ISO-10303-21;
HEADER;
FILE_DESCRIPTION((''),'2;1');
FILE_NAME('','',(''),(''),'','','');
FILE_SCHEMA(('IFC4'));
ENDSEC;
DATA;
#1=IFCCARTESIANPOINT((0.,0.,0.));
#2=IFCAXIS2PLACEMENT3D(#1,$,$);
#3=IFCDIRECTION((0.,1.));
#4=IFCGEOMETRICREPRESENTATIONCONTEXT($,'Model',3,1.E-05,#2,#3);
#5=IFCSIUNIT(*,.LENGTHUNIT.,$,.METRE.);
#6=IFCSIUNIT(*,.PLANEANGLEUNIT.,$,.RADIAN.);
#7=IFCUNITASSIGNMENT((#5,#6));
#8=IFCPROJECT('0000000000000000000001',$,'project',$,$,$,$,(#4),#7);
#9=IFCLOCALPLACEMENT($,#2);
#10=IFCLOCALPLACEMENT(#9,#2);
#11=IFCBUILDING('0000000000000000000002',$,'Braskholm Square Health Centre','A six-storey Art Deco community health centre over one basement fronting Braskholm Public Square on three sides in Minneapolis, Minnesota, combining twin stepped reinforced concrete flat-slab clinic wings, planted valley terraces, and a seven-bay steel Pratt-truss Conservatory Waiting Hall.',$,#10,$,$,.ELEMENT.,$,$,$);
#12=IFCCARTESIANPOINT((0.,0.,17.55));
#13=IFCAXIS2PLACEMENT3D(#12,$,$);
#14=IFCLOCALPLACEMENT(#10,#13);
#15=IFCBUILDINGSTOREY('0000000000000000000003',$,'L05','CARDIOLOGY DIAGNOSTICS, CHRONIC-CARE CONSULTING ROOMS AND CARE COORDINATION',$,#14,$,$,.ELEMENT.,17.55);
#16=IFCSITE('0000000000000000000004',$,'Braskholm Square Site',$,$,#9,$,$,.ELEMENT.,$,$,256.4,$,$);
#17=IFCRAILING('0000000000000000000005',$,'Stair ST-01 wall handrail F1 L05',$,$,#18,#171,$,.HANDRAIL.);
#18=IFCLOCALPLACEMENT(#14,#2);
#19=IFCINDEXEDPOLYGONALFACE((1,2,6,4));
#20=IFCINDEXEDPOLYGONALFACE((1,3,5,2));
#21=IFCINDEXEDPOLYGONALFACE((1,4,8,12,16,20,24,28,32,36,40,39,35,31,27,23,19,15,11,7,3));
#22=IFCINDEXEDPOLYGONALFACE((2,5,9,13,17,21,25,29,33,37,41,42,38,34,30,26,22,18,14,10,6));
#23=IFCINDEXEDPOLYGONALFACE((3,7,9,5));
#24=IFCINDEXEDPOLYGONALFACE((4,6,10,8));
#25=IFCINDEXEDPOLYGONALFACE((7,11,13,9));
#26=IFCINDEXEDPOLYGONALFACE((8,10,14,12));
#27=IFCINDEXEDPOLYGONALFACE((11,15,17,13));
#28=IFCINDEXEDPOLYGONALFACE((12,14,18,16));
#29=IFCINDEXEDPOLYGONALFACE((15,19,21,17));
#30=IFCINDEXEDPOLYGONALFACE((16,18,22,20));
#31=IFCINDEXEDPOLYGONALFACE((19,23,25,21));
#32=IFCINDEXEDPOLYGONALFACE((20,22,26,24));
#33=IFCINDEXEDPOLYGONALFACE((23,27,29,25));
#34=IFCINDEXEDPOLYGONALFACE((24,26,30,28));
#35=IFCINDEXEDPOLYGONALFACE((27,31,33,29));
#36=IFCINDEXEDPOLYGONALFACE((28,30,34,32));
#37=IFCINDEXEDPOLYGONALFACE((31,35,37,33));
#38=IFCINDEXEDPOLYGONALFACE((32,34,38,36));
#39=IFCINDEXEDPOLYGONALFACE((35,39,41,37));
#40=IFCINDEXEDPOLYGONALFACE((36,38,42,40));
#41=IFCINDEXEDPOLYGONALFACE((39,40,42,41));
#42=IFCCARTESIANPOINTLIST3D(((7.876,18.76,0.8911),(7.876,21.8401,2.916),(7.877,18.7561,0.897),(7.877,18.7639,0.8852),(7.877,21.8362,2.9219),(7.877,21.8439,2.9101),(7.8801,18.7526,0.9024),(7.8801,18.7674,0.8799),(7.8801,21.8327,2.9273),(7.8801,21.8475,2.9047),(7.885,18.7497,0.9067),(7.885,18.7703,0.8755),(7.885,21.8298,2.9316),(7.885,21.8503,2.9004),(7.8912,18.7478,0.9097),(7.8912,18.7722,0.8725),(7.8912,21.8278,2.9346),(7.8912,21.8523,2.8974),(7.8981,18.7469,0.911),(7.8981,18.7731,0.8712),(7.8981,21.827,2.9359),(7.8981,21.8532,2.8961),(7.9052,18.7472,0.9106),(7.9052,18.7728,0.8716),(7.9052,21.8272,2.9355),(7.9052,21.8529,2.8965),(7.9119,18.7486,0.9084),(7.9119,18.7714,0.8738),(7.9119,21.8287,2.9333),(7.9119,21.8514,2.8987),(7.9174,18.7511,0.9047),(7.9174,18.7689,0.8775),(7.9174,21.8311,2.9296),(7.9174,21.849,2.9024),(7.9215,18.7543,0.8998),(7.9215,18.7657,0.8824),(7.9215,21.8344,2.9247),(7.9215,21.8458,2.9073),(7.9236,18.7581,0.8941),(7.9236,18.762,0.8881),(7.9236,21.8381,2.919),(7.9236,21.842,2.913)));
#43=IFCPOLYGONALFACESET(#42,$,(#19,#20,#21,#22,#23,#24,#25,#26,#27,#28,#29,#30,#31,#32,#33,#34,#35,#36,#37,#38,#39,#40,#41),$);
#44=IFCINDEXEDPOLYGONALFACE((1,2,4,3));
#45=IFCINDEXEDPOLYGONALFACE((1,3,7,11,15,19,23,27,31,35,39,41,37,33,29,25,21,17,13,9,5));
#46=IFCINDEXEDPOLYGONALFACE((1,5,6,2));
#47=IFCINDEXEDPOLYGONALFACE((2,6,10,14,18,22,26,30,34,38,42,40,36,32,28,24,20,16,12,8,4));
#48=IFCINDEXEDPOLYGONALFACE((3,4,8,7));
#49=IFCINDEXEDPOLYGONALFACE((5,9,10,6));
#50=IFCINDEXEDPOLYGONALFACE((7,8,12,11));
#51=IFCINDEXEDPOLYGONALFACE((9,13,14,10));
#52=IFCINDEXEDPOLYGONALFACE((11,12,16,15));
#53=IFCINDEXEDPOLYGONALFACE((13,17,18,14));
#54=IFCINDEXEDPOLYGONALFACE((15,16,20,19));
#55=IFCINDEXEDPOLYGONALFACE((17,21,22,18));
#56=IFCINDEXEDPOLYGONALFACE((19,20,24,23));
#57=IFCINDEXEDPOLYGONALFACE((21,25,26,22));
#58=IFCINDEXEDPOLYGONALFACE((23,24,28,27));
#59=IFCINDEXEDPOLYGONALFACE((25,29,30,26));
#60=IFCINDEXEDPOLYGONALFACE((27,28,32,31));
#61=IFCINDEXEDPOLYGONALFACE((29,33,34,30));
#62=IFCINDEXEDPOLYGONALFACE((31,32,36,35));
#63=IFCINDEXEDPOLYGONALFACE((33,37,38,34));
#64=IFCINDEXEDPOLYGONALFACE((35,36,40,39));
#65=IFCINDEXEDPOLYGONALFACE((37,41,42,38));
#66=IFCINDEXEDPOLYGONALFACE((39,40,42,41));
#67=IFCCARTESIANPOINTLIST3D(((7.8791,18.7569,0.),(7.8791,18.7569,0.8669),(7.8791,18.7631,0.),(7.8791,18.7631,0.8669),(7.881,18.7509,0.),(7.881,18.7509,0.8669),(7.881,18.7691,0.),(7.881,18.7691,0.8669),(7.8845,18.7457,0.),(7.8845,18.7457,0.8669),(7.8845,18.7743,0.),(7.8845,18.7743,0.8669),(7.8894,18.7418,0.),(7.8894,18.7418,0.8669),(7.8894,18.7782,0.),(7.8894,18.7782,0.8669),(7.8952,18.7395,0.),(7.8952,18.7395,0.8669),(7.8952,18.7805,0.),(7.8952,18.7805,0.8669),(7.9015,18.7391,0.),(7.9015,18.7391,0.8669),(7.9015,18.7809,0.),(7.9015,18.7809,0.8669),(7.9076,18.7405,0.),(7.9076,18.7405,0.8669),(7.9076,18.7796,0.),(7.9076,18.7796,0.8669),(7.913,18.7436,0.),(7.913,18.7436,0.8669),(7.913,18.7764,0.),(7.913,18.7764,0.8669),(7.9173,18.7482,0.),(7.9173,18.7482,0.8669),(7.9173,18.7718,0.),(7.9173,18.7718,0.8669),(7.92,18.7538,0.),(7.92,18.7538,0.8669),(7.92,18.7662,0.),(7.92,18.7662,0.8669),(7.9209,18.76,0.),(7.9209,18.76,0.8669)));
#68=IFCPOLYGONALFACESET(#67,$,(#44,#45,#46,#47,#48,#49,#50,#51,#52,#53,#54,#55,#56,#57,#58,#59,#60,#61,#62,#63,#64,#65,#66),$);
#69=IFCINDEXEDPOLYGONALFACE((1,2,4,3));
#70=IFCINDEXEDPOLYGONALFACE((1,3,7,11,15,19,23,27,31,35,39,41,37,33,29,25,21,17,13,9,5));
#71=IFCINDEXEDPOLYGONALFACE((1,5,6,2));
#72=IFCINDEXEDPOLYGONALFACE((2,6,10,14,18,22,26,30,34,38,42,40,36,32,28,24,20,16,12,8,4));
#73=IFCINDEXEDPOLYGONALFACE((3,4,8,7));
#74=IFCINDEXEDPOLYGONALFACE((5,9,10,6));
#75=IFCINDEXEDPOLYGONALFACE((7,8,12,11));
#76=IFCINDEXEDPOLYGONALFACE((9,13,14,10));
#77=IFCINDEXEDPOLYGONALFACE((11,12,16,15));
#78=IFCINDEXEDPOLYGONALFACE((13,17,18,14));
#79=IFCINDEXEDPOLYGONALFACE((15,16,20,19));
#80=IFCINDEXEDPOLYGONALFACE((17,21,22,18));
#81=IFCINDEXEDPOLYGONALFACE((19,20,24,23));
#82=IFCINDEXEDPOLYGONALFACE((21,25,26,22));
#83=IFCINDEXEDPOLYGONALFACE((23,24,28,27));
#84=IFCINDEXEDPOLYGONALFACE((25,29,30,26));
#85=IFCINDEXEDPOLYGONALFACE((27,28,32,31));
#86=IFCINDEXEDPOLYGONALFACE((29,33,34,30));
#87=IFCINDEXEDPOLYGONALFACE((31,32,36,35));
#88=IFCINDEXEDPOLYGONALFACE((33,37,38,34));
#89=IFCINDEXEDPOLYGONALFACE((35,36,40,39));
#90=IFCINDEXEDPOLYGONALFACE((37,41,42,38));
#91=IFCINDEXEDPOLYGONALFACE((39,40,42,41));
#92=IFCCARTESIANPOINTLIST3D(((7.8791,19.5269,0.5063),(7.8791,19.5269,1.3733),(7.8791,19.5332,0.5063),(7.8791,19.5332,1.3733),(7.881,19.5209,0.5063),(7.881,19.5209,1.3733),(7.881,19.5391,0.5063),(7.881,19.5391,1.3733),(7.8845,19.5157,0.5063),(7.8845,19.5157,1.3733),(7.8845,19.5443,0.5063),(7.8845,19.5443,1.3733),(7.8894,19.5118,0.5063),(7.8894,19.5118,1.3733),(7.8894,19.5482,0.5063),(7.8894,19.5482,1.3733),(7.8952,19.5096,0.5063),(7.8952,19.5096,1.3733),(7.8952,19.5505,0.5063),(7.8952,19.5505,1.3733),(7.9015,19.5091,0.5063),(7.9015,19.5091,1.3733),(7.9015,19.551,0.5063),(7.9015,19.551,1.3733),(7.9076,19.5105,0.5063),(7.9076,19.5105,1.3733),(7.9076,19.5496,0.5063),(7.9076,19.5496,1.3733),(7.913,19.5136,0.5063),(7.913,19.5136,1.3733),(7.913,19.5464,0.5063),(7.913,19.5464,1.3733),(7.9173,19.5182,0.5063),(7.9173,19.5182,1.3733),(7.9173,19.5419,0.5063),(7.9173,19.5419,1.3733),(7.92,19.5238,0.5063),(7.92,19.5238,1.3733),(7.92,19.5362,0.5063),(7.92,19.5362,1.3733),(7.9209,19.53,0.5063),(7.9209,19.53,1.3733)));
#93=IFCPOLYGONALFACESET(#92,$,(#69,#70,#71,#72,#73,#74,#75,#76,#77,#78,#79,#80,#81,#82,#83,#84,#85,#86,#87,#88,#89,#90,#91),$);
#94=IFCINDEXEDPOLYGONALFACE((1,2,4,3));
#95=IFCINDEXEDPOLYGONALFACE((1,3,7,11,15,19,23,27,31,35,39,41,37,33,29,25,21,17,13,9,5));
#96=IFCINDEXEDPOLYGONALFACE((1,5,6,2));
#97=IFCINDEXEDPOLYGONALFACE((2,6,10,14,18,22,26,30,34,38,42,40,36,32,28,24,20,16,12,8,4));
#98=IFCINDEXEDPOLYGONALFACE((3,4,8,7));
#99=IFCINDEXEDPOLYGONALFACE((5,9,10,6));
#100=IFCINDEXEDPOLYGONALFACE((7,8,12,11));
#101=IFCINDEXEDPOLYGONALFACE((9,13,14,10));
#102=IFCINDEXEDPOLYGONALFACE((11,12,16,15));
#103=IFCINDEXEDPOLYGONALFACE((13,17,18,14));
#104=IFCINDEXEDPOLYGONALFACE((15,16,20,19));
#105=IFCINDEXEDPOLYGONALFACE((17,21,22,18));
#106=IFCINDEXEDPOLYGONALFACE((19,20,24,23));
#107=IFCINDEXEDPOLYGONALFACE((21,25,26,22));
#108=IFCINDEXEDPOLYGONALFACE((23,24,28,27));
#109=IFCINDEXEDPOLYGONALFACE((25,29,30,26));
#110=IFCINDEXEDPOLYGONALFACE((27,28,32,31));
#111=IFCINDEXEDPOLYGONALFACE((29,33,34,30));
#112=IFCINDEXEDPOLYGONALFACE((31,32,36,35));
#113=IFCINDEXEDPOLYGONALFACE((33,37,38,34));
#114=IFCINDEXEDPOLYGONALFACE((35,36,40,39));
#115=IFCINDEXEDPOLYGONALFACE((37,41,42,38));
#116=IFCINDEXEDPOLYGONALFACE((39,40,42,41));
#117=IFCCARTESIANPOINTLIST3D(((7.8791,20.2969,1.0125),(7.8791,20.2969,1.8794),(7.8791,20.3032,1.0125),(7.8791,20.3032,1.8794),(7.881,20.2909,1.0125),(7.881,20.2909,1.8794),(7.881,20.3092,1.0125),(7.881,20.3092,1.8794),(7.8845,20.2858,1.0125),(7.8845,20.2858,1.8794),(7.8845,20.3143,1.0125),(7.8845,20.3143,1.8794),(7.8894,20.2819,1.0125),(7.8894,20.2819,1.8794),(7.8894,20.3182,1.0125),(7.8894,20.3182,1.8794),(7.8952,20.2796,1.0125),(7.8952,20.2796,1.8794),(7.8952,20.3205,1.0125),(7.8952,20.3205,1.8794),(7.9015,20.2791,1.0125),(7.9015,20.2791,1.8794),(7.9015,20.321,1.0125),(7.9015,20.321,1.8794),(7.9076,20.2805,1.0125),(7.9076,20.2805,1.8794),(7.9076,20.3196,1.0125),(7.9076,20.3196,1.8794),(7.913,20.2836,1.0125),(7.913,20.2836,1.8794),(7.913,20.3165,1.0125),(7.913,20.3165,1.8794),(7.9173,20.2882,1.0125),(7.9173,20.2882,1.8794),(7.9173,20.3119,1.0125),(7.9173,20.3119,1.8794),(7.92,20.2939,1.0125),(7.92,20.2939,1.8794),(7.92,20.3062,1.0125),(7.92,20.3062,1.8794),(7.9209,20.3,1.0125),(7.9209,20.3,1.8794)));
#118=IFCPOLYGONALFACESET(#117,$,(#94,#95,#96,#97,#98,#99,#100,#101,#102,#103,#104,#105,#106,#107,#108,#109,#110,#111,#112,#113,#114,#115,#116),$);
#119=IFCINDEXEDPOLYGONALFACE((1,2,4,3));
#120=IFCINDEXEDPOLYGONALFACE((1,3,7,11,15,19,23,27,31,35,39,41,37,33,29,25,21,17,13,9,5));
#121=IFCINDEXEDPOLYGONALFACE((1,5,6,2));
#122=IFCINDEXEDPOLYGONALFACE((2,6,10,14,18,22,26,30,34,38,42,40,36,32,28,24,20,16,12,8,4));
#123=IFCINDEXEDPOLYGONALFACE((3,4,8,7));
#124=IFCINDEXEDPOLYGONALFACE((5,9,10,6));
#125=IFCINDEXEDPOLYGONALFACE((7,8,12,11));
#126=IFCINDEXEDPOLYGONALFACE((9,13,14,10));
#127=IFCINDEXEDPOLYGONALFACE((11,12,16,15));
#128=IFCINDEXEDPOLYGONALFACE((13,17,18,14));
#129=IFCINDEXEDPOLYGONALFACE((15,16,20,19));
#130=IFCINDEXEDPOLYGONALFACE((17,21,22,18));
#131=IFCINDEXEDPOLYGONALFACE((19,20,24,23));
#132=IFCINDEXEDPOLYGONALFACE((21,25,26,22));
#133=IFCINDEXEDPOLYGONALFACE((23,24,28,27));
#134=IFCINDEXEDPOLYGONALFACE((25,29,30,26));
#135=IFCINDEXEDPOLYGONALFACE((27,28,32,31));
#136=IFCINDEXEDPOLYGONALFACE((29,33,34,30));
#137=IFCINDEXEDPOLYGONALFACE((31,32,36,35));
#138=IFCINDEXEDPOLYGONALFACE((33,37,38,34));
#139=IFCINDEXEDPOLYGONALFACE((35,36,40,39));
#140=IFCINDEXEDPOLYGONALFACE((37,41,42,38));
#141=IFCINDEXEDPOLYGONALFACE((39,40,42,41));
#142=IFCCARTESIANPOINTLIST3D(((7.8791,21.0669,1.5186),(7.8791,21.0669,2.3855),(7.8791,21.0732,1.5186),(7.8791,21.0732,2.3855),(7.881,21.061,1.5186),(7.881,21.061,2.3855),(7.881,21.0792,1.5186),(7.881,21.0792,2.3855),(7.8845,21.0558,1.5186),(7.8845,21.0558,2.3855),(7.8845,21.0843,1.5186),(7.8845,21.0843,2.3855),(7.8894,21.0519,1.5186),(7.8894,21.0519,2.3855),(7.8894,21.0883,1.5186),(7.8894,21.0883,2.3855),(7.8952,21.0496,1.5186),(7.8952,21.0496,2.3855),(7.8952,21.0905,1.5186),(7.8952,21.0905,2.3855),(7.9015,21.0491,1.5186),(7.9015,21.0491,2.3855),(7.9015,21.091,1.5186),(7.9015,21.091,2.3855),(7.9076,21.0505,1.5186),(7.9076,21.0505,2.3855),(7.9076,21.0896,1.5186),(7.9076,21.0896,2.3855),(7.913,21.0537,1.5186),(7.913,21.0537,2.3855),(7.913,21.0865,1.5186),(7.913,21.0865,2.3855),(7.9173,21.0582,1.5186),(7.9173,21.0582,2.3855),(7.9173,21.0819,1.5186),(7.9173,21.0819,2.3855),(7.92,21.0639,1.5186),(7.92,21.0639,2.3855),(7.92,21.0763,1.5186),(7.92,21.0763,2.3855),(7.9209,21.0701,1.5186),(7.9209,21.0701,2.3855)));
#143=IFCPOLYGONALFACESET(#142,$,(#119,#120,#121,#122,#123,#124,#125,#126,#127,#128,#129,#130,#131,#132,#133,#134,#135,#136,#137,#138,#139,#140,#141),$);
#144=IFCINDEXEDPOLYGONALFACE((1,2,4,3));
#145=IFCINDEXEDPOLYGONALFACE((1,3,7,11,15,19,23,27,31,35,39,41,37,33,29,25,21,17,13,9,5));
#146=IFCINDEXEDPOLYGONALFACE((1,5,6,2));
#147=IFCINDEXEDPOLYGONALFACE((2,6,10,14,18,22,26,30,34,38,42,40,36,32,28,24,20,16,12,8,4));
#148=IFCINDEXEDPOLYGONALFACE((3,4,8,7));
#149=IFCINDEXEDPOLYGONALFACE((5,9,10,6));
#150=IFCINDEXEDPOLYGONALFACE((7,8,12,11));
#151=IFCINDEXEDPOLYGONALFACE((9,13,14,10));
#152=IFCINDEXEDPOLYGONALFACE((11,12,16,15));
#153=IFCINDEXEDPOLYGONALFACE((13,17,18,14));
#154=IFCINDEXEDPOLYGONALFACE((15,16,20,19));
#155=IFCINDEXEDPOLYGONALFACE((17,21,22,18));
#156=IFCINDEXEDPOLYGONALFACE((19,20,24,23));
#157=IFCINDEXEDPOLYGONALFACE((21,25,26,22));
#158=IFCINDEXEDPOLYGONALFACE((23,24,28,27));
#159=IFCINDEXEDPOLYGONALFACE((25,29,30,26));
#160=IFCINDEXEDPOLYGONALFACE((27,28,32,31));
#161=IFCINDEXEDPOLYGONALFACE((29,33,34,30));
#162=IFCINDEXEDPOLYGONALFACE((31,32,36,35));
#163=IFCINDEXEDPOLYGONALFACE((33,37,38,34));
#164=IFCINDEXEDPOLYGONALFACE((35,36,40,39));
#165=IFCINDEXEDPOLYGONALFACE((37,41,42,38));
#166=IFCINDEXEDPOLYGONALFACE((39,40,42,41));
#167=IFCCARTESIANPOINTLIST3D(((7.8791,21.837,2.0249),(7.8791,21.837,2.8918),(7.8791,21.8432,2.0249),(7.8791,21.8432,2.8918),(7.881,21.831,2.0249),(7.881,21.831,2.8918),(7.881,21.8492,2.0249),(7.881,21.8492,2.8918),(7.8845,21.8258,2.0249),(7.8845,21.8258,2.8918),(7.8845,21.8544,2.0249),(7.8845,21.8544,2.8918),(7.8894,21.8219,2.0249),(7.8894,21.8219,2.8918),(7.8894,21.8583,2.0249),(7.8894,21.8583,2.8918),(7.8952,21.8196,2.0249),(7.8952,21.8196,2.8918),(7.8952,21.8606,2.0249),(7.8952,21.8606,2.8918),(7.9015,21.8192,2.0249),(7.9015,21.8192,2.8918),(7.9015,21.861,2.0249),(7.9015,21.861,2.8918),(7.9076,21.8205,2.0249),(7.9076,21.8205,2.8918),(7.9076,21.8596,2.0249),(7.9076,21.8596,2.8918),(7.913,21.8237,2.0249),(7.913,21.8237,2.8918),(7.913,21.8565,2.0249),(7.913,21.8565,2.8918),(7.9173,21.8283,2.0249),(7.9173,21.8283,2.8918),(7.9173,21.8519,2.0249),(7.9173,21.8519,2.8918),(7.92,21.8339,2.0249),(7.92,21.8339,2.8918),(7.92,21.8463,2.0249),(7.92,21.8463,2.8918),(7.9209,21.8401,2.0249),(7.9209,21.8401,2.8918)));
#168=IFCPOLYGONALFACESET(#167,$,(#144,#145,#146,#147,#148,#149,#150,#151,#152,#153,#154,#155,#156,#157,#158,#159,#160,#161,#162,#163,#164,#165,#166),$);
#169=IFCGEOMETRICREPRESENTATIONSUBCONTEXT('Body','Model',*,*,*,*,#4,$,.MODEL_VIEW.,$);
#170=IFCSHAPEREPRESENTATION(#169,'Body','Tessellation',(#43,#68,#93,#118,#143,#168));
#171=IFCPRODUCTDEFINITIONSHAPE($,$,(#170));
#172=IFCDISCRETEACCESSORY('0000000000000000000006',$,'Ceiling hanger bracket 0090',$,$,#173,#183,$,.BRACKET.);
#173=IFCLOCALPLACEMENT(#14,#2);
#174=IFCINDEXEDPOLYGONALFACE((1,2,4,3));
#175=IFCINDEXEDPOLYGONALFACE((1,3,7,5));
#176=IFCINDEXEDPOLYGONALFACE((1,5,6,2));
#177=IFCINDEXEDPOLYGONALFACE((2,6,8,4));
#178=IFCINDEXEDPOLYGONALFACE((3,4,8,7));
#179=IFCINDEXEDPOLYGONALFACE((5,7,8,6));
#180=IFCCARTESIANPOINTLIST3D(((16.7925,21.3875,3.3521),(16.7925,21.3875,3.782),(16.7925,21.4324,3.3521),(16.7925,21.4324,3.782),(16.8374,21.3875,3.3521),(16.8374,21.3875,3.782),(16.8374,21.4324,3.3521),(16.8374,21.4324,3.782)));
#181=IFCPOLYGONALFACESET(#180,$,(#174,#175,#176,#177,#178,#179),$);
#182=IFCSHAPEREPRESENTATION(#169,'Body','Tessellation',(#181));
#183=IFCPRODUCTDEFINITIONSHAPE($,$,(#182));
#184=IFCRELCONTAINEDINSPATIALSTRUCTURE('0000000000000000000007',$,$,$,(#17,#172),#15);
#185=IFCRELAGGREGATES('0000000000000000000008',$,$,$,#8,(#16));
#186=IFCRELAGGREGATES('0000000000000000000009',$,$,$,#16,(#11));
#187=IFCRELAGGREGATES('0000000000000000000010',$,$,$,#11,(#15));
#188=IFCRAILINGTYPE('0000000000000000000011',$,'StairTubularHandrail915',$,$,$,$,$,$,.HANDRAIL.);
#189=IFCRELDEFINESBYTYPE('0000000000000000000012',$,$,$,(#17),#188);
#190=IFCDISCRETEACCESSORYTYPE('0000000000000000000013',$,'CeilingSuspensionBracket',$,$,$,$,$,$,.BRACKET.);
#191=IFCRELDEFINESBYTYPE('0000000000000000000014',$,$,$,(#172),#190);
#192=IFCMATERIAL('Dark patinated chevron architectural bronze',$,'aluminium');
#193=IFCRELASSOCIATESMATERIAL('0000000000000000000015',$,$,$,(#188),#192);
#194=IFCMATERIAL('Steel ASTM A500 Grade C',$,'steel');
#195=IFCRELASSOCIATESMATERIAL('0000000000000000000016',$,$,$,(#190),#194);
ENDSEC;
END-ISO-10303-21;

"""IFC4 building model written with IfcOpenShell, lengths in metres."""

from ifc_helpers import new_model, si_unit, direction, frame, origin, origin_2d, place, context, subcontext, project, spatial, rectangle, circle, extrude, material, type_object, element, save


model = new_model("IFC4")

# Units and contexts
model_context = context("Model", 3, precision=1e-05, world=origin(), true_north=direction((0.0, 1.0)))
body_context = subcontext(model_context, "Body", "Model", "MODEL_VIEW")
ifc_project = project(units=[si_unit("LENGTHUNIT", "METRE"), si_unit("PLANEANGLEUNIT", "RADIAN")], contexts=[model_context])

# Site, building, storey
site_placement = place(None, origin())
site = spatial("IfcSite", under=ifc_project, at=site_placement, Name="Braskholm Square Site", CompositionType="ELEMENT", RefElevation=256.4)
building_placement = place(site_placement, origin())
building = spatial("IfcBuilding", under=site, at=building_placement, Name="Braskholm Square Health Centre", Description="A six-storey Art Deco community health centre over one basement fronting Braskholm Public Square on three sides in Minneapolis, Minnesota, combining twin stepped reinforced concrete flat-slab clinic wings, planted valley terraces, and a seven-bay steel Pratt-truss Conservatory Waiting Hall.", CompositionType="ELEMENT")
storey_placement = place(building_placement, frame((0.0, 0.0, 17.55)))
storey = spatial("IfcBuildingStorey", under=building, at=storey_placement, Name="L05", Description="CARDIOLOGY DIAGNOSTICS, CHRONIC-CARE CONSULTING ROOMS AND CARE COORDINATION", CompositionType="ELEMENT", Elevation=17.55)

# Railing
ifc_material_1 = material(Name="Dark patinated chevron architectural bronze", Category="aluminium")
railing_type_1 = type_object("IfcRailingType", Name="StairTubularHandrail915", PredefinedType="HANDRAIL", material=ifc_material_1)
railing_1_placement = place(storey_placement, frame((7.8999, 18.76, 0.0)))
element("IfcRailing", 1, at=railing_1_placement, inside=storey, type_object=railing_type_1, Name="Stair ST-01 wall handrail F1 L05", PredefinedType="HANDRAIL", context=body_context, shape_type="SweptSolid", body=[
    extrude(circle(Radius=0.0239, at=origin_2d()), frame((0.0, 0.0, 0.8911), z_axis=(0.0, 0.8356, 0.549339), x_axis=(-1.0, 0.0, 0.0)), (0.0, 0.0, 1.0), 3.686),
    extrude(circle(Radius=0.021, at=origin_2d()), origin(), (0.0, 0.0, 1.0), 0.8669),
    extrude(circle(Radius=0.021, at=origin_2d()), frame((0.0, 0.77, 0.5063)), (0.0, 0.0, 1.0), 0.8669),
    extrude(circle(Radius=0.021, at=origin_2d()), frame((0.0, 1.54, 1.0125)), (0.0, 0.0, 1.0), 0.8669),
    extrude(circle(Radius=0.021, at=origin_2d()), frame((0.0, 2.3101, 1.5186)), (0.0, 0.0, 1.0), 0.8669),
    extrude(circle(Radius=0.021, at=origin_2d()), frame((0.0, 3.0801, 2.0249)), (0.0, 0.0, 1.0), 0.8669),
])

# Discrete accessory
ifc_material_2 = material(Name="Steel ASTM A500 Grade C", Category="steel")
discrete_accessory_type = type_object("IfcDiscreteAccessoryType", Name="CeilingSuspensionBracket", PredefinedType="BRACKET", material=ifc_material_2)
discrete_accessory_placement = place(storey_placement, frame((16.8149, 21.4099, 3.3521), z_axis=(0.0, 0.0, 1.0), x_axis=(1.0, 0.0, 0.0)))
element("IfcDiscreteAccessory", 2, at=discrete_accessory_placement, inside=storey, type_object=discrete_accessory_type, Name="Ceiling hanger bracket 0090", PredefinedType="BRACKET", context=body_context, shape_type="SweptSolid", body=[
    extrude(rectangle(XDim=0.0449, YDim=0.0449, at=origin_2d()), origin(), (0.0, 0.0, 1.0), 0.4299),
])

save(model, "model.ifc")
